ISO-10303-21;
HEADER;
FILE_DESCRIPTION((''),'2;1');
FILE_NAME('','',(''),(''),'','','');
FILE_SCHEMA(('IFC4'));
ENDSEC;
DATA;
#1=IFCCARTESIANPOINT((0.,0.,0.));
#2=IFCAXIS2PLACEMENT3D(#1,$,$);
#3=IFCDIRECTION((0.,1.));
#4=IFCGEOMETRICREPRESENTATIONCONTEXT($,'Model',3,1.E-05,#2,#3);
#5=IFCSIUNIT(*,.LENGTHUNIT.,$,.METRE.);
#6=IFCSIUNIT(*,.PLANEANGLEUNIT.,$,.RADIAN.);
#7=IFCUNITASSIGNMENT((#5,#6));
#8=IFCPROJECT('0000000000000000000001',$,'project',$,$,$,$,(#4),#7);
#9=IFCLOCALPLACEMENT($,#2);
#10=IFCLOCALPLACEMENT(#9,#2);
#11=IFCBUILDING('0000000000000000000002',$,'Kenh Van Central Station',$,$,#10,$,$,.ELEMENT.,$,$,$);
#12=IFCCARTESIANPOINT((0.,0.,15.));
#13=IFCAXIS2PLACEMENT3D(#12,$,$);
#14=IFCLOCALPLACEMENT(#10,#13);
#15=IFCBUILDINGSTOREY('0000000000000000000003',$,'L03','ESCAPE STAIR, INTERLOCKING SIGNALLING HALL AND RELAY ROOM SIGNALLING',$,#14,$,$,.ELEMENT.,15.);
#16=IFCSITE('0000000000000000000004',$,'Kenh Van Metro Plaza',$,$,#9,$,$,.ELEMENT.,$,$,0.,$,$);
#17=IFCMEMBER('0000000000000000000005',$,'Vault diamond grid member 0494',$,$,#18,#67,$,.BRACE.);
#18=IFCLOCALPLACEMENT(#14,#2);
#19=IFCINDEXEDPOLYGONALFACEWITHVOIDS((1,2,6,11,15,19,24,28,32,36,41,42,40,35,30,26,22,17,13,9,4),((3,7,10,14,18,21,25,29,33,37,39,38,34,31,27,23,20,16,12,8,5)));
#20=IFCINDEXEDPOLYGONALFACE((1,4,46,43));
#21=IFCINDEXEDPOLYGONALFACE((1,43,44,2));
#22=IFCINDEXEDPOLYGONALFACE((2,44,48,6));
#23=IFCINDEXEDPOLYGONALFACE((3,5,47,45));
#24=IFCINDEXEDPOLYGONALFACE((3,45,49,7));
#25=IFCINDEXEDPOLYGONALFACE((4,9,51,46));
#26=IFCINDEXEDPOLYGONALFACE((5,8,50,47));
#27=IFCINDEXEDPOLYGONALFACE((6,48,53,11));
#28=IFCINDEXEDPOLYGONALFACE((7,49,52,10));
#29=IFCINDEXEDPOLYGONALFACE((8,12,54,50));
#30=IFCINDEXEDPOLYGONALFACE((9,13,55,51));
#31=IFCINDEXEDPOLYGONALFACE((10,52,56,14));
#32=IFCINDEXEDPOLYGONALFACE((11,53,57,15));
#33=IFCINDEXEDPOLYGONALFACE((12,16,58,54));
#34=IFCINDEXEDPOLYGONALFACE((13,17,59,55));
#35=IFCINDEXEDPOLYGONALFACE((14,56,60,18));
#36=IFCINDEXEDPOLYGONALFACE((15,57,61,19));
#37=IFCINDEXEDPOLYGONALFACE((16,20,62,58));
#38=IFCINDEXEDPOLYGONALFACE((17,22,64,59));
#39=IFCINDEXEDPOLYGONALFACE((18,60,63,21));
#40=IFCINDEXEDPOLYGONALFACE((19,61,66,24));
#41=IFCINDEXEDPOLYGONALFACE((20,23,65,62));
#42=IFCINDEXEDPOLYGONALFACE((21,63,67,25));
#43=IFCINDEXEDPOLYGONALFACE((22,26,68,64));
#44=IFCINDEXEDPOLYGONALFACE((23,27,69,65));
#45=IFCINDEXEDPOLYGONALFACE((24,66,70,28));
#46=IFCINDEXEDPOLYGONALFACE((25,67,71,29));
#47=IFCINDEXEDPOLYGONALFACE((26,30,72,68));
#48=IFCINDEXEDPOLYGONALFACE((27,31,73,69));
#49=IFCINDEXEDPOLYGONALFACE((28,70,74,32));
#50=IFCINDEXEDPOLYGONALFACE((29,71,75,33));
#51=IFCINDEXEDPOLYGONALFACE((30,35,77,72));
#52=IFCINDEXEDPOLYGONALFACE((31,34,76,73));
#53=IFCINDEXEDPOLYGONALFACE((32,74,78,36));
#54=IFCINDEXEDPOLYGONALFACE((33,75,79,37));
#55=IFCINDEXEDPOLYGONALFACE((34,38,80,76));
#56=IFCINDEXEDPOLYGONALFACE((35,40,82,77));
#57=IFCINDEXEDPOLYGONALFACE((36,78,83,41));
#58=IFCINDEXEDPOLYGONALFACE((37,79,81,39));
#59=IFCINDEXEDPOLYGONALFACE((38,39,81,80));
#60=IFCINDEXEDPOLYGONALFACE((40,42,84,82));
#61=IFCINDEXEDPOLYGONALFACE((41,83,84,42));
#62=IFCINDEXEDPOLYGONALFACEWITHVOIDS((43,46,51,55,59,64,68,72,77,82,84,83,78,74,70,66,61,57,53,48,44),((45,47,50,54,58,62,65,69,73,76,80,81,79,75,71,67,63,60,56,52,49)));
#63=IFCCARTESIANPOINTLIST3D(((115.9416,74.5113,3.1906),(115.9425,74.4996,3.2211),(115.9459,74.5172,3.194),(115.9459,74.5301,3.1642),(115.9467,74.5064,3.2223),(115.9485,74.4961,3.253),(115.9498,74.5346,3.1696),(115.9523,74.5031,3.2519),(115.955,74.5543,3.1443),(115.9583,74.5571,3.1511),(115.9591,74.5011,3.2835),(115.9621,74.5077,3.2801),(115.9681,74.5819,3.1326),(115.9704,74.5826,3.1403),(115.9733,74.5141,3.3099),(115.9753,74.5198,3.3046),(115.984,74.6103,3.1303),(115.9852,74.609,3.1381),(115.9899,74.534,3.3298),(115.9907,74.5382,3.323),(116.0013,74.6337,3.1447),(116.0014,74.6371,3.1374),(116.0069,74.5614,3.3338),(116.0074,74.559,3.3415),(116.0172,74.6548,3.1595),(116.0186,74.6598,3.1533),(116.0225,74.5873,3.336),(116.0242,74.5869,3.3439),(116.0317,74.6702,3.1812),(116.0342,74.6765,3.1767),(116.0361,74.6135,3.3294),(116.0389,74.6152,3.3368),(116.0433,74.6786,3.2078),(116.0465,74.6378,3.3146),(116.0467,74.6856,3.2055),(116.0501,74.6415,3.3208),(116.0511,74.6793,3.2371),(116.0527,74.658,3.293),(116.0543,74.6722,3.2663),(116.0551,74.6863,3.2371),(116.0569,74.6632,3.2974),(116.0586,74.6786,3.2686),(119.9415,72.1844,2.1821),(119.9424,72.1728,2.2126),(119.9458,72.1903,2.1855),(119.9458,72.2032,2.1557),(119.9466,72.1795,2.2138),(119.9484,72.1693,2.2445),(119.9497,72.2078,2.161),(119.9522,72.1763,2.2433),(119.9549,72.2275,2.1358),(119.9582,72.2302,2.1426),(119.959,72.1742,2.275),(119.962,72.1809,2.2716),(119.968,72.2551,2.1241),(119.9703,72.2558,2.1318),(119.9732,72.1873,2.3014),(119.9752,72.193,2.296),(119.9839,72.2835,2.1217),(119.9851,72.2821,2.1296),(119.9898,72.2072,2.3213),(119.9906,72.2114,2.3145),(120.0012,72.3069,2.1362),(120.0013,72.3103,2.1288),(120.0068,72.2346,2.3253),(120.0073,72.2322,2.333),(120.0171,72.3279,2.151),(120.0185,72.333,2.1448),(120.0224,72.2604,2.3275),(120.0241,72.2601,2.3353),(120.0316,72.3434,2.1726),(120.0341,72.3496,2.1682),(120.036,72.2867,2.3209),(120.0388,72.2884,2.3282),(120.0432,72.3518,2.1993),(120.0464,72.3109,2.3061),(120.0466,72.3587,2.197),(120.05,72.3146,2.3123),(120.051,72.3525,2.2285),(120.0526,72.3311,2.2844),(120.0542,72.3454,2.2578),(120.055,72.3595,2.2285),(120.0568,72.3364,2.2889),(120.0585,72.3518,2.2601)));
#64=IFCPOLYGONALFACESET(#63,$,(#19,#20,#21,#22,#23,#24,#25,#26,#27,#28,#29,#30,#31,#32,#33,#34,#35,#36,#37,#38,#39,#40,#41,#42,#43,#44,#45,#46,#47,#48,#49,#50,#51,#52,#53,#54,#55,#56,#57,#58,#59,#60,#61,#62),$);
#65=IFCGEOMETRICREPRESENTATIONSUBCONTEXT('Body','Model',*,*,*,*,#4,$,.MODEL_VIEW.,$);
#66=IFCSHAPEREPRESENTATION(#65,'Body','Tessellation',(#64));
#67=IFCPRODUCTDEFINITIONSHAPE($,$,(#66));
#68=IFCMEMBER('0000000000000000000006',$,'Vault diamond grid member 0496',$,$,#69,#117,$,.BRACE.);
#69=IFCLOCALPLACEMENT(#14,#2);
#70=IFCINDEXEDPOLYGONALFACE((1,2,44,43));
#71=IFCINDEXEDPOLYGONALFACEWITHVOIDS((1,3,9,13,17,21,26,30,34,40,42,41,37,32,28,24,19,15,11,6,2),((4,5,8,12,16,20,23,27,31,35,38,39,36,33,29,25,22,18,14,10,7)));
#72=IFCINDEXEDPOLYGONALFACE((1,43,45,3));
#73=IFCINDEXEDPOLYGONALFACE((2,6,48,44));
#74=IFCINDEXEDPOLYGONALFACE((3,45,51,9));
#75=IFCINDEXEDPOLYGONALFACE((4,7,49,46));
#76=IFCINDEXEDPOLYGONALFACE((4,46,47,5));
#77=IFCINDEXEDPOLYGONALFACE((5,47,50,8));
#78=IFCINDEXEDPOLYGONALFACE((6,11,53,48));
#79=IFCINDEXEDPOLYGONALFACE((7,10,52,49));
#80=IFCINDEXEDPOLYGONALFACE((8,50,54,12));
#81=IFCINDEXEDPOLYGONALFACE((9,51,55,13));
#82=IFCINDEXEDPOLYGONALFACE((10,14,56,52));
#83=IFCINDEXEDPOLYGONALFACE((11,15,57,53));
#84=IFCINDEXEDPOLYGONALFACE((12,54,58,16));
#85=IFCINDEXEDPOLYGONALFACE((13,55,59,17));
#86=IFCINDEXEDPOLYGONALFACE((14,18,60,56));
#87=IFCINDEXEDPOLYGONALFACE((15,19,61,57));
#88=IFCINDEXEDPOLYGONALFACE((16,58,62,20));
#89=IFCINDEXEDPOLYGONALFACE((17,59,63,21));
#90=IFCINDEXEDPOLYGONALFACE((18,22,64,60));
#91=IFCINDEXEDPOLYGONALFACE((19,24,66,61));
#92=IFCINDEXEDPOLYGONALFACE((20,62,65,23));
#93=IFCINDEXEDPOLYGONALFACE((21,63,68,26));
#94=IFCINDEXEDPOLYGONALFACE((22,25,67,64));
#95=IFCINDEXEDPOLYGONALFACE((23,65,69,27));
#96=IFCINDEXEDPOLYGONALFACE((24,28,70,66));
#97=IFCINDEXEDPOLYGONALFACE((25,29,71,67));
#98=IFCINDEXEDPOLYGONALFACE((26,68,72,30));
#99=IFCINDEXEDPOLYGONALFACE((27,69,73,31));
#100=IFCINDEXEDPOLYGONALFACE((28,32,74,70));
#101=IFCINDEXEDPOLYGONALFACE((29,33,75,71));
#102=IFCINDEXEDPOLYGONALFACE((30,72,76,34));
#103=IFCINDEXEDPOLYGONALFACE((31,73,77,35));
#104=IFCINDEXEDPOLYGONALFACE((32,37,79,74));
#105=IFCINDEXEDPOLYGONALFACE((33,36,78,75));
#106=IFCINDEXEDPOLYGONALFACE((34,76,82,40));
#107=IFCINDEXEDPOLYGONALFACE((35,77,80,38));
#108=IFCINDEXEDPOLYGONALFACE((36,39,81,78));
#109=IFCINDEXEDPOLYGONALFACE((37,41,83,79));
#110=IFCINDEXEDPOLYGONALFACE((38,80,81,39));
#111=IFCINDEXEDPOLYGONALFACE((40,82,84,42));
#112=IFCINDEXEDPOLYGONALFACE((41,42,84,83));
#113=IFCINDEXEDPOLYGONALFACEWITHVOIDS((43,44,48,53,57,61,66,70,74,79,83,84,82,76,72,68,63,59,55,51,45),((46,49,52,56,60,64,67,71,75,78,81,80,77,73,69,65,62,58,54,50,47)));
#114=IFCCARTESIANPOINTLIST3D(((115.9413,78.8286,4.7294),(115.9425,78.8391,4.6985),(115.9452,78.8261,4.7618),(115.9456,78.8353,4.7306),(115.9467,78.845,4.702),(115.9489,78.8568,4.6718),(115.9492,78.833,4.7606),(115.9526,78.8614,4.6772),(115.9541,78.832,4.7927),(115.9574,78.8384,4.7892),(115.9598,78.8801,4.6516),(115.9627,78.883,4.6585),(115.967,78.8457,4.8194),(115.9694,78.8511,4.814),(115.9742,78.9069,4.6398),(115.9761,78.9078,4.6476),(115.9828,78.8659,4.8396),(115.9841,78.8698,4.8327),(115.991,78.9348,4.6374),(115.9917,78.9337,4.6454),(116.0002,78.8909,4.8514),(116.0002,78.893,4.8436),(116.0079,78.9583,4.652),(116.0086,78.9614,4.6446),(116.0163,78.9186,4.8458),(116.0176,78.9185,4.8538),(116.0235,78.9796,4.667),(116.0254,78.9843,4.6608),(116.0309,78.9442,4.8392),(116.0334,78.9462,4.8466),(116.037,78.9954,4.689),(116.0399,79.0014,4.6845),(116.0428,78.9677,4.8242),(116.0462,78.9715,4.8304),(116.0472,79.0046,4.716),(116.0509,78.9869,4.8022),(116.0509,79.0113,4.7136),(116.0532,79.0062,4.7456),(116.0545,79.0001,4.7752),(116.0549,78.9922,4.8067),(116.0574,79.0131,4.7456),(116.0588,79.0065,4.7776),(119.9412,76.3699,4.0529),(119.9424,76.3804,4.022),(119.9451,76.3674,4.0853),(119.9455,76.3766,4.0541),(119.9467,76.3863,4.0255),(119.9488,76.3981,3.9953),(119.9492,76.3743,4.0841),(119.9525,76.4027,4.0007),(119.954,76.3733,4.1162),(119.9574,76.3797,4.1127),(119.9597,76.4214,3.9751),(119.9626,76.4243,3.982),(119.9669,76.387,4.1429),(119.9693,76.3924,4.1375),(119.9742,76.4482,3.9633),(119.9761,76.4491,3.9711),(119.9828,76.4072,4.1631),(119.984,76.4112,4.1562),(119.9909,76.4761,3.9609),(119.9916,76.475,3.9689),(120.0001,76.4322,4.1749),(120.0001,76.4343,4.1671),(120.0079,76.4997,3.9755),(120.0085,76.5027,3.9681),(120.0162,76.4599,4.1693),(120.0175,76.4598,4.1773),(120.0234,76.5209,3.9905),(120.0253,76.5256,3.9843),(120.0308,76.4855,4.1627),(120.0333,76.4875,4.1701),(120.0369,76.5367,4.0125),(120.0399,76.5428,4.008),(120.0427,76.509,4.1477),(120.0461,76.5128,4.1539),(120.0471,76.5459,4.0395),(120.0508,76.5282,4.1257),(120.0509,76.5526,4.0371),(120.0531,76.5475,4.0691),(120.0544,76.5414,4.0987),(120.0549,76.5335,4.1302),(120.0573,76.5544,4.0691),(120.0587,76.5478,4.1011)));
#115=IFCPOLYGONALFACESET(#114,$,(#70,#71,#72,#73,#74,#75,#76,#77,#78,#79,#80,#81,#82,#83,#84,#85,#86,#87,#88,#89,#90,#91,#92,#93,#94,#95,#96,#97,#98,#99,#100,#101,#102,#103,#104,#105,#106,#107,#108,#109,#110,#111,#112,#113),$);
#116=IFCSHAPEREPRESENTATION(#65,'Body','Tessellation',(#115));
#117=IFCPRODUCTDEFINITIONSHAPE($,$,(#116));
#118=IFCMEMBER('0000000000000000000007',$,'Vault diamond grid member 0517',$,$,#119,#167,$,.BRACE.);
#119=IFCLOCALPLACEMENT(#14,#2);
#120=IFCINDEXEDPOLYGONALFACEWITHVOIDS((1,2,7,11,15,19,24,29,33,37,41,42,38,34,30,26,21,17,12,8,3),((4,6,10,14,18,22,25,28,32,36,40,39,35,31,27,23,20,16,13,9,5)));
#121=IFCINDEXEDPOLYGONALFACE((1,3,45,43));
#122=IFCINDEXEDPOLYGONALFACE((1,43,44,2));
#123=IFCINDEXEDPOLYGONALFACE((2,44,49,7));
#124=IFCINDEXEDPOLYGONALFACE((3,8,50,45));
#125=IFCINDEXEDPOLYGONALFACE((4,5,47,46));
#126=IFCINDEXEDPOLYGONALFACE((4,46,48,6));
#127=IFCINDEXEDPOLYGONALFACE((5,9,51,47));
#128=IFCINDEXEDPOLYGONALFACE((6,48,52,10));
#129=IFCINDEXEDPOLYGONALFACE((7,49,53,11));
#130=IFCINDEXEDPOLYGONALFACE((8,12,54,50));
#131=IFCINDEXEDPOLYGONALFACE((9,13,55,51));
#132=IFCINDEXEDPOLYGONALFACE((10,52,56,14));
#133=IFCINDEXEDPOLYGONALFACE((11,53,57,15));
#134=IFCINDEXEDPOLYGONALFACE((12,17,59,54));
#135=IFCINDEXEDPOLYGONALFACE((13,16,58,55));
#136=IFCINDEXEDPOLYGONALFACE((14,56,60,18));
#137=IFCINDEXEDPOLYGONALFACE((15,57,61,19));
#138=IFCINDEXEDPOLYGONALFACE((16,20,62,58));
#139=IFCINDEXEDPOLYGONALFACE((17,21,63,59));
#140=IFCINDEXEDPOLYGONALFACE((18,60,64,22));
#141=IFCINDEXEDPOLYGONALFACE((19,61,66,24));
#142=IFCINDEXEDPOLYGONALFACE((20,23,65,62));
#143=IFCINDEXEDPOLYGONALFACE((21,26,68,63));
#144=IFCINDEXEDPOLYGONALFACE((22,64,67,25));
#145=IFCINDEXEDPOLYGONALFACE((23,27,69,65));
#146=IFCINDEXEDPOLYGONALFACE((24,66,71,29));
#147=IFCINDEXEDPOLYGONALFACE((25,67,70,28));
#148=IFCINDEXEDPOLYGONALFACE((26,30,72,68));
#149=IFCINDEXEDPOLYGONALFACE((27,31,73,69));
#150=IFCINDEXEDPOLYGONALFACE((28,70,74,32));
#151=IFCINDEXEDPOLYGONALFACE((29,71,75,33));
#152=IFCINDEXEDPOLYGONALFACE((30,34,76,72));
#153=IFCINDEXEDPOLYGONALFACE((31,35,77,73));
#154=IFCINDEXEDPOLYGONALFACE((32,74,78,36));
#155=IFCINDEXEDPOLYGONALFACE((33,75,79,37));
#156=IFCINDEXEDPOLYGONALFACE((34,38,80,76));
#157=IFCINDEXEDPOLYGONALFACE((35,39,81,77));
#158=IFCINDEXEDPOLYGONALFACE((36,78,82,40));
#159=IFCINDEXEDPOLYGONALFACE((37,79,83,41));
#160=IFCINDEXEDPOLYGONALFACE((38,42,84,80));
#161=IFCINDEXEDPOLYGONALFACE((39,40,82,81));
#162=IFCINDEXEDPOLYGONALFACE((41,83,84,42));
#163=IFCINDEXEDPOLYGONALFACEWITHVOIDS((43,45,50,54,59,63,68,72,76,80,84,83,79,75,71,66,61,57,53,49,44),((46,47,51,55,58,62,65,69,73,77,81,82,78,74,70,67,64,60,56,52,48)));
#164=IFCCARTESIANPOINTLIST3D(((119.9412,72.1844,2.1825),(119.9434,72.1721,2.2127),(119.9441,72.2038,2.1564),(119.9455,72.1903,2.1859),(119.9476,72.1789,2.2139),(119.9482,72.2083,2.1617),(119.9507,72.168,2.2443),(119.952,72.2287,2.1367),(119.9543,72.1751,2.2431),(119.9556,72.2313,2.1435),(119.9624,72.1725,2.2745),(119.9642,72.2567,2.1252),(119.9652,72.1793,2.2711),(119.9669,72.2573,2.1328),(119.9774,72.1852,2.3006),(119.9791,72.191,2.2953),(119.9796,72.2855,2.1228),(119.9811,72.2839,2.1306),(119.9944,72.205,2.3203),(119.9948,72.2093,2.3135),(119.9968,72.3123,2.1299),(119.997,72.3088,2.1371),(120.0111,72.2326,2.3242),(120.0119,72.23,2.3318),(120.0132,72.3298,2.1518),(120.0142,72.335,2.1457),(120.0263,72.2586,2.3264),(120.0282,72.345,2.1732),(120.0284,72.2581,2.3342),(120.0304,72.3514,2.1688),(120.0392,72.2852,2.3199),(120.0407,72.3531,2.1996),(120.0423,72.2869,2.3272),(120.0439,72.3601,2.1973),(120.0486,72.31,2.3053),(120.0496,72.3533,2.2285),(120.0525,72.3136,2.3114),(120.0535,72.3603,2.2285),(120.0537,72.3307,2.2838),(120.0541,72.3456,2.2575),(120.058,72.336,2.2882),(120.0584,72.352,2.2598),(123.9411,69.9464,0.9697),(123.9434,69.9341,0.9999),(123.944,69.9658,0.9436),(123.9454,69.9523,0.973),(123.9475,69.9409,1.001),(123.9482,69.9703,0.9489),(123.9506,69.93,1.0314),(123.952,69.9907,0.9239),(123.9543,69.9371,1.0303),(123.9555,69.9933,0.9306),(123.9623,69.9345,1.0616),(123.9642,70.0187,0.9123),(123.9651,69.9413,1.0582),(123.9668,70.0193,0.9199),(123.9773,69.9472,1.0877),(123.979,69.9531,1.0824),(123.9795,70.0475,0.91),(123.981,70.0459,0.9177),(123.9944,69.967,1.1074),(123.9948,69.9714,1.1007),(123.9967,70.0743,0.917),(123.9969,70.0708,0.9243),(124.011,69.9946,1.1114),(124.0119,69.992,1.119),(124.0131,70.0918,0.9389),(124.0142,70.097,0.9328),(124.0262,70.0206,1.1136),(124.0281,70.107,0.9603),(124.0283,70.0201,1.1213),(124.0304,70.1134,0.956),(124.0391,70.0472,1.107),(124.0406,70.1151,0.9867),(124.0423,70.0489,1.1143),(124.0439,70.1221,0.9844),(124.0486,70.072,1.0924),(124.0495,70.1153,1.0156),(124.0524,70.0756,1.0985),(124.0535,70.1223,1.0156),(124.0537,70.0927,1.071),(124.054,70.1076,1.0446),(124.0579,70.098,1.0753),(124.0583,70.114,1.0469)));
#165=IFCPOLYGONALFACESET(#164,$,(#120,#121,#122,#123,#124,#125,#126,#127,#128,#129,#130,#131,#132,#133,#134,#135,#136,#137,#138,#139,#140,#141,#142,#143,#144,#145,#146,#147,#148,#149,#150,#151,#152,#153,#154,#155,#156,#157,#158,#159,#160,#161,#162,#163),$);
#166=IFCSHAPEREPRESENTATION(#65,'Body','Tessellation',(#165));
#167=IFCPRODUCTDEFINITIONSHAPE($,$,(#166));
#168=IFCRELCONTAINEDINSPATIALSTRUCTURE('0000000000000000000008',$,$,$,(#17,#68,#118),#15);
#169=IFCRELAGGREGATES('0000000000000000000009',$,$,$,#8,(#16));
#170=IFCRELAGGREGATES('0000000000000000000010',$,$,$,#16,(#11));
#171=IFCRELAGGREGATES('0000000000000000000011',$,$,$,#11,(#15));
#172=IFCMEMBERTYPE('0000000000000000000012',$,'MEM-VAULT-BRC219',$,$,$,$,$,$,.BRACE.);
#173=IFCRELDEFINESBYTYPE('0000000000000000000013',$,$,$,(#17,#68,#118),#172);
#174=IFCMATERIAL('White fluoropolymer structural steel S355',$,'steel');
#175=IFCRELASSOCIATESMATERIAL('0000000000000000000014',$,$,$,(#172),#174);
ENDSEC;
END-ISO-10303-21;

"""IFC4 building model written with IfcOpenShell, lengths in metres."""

from ifc_helpers import new_model, si_unit, direction, frame, origin, origin_2d, place, context, subcontext, project, spatial, hollow_circle, extrude, material, material_profile, profile_set, type_object, element, save


model = new_model("IFC4")

# Units and contexts
model_context = context("Model", 3, precision=1e-05, world=origin(), true_north=direction((0.0, 1.0)))
body_context = subcontext(model_context, "Body", "Model", "MODEL_VIEW")
ifc_project = project(units=[si_unit("LENGTHUNIT", "METRE"), si_unit("PLANEANGLEUNIT", "RADIAN")], contexts=[model_context])

# Site, building, storey
site_placement = place(None, origin())
site = spatial("IfcSite", under=ifc_project, at=site_placement, Name="Kenh Van Metro Plaza", CompositionType="ELEMENT", RefElevation=0.0)
building_placement = place(site_placement, origin())
building = spatial("IfcBuilding", under=site, at=building_placement, Name="Kenh Van Central Station", CompositionType="ELEMENT")
storey_placement = place(building_placement, frame((0.0, 0.0, 15.0)))
storey = spatial("IfcBuildingStorey", under=building, at=storey_placement, Name="L03", Description="ESCAPE STAIR, INTERLOCKING SIGNALLING HALL AND RELAY ROOM SIGNALLING", CompositionType="ELEMENT", Elevation=15.0)

# Shared definitions
ifc_material_1 = material(Name="White fluoropolymer structural steel S355", Category="steel")

# Members
ifc_material_profile_1 = material_profile(ifc_material_1, hollow_circle(Radius=0.1096, WallThickness=0.0081, at=origin_2d()), Name="CHS 219.1x8")
ifc_profile_set_1 = profile_set([ifc_material_profile_1], Name="White fluoropolymer structural steel S355")
member_type_1 = type_object("IfcMemberType", Name="MEM-VAULT-BRC219", PredefinedType="BRACE", material=ifc_profile_set_1)
member_1_placement = place(storey_placement, frame((116.0, 74.5916, 3.2371), z_axis=(0.844558, -0.491301, -0.212944), x_axis=(0.502834, 0.864383, 0.0)))
element("IfcMember", 1, at=member_1_placement, inside=storey, type_object=member_type_1, Name="Vault diamond grid member 0494", PredefinedType="BRACE", context=body_context, shape_type="SweptSolid", body=[
    extrude(hollow_circle(Radius=0.1096, WallThickness=0.0081, at=origin_2d()), origin(), (0.0, 0.0, 1.0), 4.7361),
])
member_2_placement = place(storey_placement, frame((116.0, 78.9197, 4.7456), z_axis=(0.843216, -0.518313, -0.142612), x_axis=(0.523665, 0.851924, 0.0)))
element("IfcMember", 2, at=member_2_placement, inside=storey, type_object=member_type_1, Name="Vault diamond grid member 0496", PredefinedType="BRACE", context=body_context, shape_type="SweptSolid", body=[
    extrude(hollow_circle(Radius=0.1096, WallThickness=0.0081, at=origin_2d()), origin(), (0.0, 0.0, 1.0), 4.7437),
])
member_3_placement = place(storey_placement, frame((120.0, 72.2646, 2.2285), z_axis=(0.843651, -0.47203, -0.255814), x_axis=(0.488277, 0.872689, 0.0)))
element("IfcMember", 3, at=member_3_placement, inside=storey, type_object=member_type_1, Name="Vault diamond grid member 0517", PredefinedType="BRACE", context=body_context, shape_type="SweptSolid", body=[
    extrude(hollow_circle(Radius=0.1096, WallThickness=0.0081, at=origin_2d()), origin(), (0.0, 0.0, 1.0), 4.7412),
])

save(model, "model.ifc")
